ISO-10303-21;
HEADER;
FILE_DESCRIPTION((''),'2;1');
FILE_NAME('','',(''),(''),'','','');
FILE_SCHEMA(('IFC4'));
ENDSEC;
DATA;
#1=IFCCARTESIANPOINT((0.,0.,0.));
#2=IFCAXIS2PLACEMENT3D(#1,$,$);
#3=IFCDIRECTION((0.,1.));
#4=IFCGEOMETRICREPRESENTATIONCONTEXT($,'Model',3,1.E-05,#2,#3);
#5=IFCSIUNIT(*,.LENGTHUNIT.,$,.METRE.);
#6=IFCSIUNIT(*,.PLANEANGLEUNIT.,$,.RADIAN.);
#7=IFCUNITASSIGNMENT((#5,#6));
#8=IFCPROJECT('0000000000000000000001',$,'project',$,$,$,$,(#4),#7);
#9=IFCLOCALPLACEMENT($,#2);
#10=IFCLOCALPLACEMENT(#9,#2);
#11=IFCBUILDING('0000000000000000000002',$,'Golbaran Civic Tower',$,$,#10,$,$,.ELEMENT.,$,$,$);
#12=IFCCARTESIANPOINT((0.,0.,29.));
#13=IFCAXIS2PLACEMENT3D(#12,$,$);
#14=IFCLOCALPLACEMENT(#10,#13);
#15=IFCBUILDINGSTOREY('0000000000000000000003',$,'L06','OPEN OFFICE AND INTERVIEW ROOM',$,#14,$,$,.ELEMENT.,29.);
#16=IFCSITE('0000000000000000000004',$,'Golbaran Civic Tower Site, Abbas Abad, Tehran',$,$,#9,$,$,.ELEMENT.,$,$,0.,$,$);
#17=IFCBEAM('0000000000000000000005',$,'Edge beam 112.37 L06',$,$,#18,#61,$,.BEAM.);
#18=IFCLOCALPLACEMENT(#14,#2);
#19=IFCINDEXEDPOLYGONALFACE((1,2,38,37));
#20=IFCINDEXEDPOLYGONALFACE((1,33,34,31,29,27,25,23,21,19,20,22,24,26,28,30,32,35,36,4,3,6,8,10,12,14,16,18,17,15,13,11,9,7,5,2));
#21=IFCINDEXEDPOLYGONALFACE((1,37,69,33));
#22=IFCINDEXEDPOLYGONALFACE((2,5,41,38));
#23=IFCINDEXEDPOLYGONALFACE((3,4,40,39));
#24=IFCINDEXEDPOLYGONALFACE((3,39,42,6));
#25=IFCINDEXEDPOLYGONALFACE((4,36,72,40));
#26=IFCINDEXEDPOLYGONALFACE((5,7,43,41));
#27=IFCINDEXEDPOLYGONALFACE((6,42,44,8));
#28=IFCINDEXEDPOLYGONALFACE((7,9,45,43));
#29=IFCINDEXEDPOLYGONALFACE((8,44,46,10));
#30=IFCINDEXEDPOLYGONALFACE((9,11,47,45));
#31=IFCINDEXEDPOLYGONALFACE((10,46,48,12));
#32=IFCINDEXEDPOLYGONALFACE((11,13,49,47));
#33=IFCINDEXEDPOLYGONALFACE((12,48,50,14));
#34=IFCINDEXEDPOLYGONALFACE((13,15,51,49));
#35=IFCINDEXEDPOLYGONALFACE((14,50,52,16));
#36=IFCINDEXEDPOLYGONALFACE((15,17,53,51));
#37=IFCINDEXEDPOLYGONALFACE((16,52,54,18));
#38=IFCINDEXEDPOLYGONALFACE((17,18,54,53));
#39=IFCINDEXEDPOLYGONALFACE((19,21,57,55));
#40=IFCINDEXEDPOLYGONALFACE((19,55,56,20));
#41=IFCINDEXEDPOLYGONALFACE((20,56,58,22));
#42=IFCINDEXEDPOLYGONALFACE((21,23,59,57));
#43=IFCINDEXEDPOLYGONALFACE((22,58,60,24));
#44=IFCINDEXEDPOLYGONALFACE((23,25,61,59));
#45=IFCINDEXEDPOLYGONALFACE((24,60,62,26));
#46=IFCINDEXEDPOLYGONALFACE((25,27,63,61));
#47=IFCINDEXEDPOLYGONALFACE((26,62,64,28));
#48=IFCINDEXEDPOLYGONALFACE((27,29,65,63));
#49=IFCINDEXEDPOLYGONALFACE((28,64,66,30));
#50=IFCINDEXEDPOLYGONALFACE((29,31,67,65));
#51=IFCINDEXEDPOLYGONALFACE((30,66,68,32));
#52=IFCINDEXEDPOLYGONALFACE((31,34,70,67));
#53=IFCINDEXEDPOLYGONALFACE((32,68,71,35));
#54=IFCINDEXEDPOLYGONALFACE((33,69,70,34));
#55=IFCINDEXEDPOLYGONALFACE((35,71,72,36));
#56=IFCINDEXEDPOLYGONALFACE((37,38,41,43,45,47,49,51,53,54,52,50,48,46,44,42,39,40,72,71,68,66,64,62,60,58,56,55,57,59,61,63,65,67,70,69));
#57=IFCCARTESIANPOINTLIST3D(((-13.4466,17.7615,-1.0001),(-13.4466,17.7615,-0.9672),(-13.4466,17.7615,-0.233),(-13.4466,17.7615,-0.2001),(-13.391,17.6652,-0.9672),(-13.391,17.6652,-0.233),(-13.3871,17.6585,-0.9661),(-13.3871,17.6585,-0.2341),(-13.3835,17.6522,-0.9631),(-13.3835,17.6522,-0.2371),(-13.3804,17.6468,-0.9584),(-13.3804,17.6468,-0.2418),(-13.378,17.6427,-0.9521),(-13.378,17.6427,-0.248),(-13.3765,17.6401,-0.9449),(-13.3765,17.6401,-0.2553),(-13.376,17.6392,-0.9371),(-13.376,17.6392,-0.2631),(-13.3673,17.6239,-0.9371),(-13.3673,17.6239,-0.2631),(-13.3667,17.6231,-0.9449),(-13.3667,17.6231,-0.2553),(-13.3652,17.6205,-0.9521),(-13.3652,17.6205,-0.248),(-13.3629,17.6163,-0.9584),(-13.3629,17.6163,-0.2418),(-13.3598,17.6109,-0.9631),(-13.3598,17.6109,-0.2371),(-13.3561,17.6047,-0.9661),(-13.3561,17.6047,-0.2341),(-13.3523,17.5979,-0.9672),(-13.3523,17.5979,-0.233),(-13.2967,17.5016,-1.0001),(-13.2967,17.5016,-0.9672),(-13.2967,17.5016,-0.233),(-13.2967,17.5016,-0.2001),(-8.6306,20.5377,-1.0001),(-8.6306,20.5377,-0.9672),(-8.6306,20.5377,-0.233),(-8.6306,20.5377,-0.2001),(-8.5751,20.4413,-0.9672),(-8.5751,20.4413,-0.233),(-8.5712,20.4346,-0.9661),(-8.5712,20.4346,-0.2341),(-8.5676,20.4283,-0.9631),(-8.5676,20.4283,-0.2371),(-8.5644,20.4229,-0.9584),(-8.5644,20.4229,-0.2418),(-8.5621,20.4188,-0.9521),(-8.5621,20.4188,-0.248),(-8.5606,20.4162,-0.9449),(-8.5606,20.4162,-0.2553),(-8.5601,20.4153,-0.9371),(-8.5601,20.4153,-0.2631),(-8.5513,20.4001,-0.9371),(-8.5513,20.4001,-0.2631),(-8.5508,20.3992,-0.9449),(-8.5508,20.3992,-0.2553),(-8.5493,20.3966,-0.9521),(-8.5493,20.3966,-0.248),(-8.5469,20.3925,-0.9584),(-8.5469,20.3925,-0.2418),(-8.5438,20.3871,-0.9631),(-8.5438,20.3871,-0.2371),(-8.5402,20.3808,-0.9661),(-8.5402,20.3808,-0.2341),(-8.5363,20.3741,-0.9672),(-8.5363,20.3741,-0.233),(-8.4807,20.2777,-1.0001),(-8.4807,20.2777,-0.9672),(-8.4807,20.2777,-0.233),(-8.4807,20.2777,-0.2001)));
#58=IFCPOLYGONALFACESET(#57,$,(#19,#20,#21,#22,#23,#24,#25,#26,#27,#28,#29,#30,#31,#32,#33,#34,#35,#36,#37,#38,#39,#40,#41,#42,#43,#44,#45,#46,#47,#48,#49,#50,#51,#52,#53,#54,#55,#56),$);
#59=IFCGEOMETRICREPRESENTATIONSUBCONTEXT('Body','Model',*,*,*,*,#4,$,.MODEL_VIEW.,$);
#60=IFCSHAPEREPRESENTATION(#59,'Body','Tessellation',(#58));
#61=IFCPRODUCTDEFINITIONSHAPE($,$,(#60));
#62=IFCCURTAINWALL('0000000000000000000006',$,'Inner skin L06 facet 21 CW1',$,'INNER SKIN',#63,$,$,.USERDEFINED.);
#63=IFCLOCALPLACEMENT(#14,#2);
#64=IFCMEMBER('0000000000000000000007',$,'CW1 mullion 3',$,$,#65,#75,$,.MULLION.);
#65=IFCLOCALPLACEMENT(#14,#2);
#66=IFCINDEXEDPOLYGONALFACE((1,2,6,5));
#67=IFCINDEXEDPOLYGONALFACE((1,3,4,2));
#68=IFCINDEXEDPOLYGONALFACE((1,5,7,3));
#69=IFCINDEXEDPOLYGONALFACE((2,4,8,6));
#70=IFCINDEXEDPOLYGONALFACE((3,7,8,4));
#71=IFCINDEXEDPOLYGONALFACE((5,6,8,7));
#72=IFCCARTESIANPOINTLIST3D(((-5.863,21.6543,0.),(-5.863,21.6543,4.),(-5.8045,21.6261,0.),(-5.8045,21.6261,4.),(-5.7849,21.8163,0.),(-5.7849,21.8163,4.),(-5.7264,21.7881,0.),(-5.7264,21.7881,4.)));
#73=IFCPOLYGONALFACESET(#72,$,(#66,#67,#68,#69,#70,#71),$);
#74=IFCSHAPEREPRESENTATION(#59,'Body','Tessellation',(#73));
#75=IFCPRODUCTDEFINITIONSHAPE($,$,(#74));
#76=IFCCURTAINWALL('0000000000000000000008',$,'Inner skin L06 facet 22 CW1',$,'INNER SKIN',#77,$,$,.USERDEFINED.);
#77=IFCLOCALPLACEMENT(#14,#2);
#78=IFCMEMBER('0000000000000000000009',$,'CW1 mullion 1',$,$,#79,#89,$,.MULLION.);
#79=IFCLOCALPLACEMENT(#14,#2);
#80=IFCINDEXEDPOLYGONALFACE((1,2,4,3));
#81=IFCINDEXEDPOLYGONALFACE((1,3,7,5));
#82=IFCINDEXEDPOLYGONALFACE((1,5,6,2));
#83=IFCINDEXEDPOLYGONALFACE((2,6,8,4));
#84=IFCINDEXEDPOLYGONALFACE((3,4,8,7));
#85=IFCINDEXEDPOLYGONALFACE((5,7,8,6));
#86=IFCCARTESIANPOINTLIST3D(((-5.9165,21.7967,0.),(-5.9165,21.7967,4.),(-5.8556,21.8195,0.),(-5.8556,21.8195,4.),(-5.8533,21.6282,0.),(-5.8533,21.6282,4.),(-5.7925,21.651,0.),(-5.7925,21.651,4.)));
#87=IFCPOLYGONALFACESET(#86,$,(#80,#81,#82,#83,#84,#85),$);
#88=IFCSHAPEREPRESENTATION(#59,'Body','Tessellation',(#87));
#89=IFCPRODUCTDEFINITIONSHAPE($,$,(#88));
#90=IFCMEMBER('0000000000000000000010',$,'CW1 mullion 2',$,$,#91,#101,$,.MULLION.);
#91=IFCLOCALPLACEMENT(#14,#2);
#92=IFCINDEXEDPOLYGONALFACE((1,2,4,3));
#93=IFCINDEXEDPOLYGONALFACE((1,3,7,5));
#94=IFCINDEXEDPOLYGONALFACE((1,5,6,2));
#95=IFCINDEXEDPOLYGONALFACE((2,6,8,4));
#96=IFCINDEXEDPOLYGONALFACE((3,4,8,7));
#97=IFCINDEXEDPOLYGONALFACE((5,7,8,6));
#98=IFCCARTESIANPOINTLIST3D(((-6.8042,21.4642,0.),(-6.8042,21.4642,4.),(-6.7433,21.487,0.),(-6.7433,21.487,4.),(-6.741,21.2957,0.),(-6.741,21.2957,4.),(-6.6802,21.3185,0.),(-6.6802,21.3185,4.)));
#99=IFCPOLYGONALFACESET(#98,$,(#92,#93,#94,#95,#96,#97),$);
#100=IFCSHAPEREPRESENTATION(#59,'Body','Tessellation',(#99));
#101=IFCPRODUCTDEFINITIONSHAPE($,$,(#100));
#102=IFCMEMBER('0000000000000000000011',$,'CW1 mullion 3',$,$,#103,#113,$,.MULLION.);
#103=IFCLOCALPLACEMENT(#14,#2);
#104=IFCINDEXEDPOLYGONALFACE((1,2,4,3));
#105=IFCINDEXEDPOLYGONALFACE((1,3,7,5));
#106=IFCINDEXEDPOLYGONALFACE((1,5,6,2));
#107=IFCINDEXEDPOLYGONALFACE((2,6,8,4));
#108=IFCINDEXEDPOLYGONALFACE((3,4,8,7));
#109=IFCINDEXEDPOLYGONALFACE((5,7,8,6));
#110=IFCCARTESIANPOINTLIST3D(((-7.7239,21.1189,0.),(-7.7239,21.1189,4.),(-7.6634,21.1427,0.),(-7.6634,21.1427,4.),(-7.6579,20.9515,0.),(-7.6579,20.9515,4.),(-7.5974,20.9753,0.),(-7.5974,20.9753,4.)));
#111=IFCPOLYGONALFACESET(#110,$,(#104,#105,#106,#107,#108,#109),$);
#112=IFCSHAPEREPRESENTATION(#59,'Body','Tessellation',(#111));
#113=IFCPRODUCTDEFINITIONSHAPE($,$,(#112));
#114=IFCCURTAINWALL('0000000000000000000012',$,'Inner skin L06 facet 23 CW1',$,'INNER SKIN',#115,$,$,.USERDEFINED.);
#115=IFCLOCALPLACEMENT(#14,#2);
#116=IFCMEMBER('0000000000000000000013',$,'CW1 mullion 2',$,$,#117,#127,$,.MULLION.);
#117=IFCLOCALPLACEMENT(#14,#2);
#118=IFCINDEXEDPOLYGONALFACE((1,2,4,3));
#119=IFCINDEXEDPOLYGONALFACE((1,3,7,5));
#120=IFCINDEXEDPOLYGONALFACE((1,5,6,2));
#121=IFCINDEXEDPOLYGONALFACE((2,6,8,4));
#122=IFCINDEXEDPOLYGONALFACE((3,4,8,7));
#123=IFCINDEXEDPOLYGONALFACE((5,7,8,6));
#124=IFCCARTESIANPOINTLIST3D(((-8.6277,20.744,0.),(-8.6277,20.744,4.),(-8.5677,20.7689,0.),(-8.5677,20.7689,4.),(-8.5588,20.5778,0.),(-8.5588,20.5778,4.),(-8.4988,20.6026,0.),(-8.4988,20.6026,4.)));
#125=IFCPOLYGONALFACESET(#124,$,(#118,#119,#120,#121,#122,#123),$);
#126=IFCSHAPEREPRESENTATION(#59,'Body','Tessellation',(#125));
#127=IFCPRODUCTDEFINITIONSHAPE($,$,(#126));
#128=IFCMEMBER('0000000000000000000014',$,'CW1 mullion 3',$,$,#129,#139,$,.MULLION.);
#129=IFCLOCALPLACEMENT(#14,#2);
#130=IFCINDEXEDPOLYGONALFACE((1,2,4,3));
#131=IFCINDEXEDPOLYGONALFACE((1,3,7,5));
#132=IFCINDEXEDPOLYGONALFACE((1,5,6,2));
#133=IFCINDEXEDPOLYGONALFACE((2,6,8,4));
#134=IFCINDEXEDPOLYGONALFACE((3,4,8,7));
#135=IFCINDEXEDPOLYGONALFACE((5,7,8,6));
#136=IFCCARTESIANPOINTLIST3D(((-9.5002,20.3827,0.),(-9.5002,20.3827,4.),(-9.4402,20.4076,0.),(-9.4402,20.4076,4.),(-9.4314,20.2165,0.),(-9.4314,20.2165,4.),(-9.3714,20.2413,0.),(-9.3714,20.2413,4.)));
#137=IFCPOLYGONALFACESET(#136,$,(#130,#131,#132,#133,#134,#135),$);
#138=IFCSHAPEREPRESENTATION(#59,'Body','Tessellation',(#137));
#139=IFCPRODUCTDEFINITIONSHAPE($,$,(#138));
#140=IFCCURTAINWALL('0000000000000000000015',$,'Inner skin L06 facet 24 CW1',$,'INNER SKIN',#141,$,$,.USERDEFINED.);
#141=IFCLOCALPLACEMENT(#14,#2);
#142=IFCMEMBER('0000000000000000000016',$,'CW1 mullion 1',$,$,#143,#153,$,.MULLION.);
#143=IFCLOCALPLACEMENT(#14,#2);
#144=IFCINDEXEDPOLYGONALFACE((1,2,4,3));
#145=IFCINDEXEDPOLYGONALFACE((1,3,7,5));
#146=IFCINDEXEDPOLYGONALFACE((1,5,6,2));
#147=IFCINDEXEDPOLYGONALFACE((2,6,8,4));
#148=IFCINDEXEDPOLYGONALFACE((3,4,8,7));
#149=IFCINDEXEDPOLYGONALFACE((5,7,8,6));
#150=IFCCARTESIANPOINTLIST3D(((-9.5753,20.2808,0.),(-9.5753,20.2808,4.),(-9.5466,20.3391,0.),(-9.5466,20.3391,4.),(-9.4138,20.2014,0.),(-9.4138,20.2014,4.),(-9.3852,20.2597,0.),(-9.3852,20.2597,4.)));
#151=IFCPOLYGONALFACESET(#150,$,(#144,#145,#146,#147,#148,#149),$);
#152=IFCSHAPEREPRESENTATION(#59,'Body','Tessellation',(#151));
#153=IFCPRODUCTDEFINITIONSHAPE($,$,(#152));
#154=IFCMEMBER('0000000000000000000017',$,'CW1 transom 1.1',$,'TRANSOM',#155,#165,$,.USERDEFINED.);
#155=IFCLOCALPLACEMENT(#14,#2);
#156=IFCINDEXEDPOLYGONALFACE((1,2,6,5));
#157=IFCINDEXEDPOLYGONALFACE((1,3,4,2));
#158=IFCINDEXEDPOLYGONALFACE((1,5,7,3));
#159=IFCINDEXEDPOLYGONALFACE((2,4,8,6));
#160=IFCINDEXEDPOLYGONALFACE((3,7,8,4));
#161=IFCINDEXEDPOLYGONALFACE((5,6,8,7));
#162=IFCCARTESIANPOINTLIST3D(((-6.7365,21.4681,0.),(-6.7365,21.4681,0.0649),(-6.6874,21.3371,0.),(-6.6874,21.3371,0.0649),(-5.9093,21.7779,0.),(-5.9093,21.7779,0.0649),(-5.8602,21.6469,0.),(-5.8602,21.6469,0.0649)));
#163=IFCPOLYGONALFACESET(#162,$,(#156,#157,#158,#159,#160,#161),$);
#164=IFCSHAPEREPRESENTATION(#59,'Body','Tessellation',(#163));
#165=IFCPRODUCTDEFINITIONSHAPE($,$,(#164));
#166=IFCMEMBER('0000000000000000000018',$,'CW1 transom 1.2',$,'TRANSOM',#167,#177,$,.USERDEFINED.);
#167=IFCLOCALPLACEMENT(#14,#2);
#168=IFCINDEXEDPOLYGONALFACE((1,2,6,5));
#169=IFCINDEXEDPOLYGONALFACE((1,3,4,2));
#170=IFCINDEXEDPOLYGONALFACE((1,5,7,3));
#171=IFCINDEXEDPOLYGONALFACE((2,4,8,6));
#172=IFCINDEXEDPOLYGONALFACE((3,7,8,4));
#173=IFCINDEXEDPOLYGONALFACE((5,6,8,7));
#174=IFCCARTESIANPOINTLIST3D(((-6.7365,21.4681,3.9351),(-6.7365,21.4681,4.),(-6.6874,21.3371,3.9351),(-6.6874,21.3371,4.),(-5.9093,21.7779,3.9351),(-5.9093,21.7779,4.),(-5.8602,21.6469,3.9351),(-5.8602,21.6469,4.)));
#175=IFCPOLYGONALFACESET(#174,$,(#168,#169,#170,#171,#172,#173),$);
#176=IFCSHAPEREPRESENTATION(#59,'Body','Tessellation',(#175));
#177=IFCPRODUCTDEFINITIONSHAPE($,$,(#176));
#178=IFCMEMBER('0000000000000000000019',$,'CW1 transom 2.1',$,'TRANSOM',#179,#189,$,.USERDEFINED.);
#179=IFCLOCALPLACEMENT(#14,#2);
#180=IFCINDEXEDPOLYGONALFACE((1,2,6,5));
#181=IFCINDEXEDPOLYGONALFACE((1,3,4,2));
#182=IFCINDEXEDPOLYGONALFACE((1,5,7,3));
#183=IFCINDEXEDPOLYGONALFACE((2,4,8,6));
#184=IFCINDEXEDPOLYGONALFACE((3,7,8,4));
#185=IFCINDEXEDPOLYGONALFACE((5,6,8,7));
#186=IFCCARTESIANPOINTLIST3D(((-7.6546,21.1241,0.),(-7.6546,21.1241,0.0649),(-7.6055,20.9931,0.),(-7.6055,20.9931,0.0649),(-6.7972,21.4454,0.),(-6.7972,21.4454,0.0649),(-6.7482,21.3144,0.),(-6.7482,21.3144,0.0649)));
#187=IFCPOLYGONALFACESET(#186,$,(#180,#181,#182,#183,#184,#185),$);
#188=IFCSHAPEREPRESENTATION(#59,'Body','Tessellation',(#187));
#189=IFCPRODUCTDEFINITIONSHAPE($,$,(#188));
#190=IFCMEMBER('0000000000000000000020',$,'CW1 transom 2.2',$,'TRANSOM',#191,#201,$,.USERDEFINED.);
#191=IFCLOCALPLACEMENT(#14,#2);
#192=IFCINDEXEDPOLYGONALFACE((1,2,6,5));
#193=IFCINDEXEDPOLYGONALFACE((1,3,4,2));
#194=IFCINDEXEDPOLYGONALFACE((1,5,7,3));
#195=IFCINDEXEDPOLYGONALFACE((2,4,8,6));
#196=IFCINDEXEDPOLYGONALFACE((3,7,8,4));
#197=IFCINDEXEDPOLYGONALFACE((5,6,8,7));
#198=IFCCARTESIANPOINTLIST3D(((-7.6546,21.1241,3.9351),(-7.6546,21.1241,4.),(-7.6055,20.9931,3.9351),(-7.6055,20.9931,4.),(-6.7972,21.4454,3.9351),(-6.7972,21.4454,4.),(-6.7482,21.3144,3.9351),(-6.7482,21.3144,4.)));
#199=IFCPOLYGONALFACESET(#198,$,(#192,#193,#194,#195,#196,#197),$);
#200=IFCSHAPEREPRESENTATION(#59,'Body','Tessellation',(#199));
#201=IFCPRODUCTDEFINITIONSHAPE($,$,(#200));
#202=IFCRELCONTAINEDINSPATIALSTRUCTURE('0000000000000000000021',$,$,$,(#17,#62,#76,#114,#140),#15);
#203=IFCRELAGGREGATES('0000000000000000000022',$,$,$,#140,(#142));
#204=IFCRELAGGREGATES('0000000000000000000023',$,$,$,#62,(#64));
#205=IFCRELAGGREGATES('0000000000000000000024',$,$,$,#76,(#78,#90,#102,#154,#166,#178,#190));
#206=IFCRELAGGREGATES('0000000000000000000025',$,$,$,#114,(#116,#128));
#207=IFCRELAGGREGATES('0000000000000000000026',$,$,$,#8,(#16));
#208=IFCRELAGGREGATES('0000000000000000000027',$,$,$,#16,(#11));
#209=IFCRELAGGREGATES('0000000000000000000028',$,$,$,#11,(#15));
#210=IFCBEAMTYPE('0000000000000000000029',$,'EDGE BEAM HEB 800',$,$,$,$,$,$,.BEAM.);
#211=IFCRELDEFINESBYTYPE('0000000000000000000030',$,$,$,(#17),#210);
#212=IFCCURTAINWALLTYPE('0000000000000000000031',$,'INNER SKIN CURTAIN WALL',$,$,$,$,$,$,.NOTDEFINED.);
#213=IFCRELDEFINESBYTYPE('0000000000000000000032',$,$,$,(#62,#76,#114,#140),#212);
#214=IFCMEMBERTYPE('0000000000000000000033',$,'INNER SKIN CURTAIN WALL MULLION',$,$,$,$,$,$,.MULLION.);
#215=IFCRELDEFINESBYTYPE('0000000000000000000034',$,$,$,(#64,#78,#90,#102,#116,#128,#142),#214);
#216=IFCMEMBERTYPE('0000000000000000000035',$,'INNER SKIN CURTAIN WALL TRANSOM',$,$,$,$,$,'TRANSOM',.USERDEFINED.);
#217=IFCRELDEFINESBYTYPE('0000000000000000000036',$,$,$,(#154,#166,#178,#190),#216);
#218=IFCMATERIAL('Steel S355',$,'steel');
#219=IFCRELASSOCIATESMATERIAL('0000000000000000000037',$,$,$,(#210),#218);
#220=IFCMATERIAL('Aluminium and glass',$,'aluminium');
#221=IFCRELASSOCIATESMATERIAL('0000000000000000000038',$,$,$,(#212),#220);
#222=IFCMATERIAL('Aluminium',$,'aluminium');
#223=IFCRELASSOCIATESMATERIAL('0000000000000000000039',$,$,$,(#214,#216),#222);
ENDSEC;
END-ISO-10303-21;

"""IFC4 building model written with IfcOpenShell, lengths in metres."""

from ifc_helpers import new_model, si_unit, direction, frame, origin, origin_2d, place, context, subcontext, project, spatial, rectangle, i_section, extrude, material, material_profile, profile_set, type_object, element, aggregate, save


model = new_model("IFC4")

# Units and contexts
model_context = context("Model", 3, precision=1e-05, world=origin(), true_north=direction((0.0, 1.0)))
body_context = subcontext(model_context, "Body", "Model", "MODEL_VIEW")
ifc_project = project(units=[si_unit("LENGTHUNIT", "METRE"), si_unit("PLANEANGLEUNIT", "RADIAN")], contexts=[model_context])

# Site, building, storey
site_placement = place(None, origin())
site = spatial("IfcSite", under=ifc_project, at=site_placement, Name="Golbaran Civic Tower Site, Abbas Abad, Tehran", CompositionType="ELEMENT", RefElevation=0.0)
building_placement = place(site_placement, origin())
building = spatial("IfcBuilding", under=site, at=building_placement, Name="Golbaran Civic Tower", CompositionType="ELEMENT")
storey_placement = place(building_placement, frame((0.0, 0.0, 29.0)))
storey = spatial("IfcBuildingStorey", under=building, at=storey_placement, Name="L06", Description="OPEN OFFICE AND INTERVIEW ROOM", CompositionType="ELEMENT", Elevation=29.0)

# Beam
ifc_material_1 = material(Name="Steel S355", Category="steel")
ifc_material_profile_1 = material_profile(ifc_material_1, i_section(OverallWidth=0.3, OverallDepth=0.8, WebThickness=0.0176, FlangeThickness=0.033, FilletRadius=0.03, at=origin_2d()), Name="HEB 800")
ifc_profile_set_1 = profile_set([ifc_material_profile_1], Name="Steel S355")
beam_type = type_object("IfcBeamType", Name="EDGE BEAM HEB 800", PredefinedType="BEAM", material=ifc_profile_set_1)
beam_placement = place(storey_placement, frame((-8.5557, 20.4077, -0.6001), z_axis=(-0.866364, -0.499413, 0.0), x_axis=(0.499413, -0.866364, 0.0)))
element("IfcBeam", 1, at=beam_placement, inside=storey, type_object=beam_type, Name="Edge beam 112.37 L06", PredefinedType="BEAM", context=body_context, shape_type="SweptSolid", body=[
    extrude(i_section(OverallWidth=0.3, OverallDepth=0.8, WebThickness=0.0176, FlangeThickness=0.033, FilletRadius=0.03, at=origin_2d()), origin(), (0.0, 0.0, 1.0), 5.5588),
])

# Curtain wall, member
ifc_material_2 = material(Name="Aluminium and glass", Category="aluminium")
curtain_wall_type = type_object("IfcCurtainWallType", Name="INNER SKIN CURTAIN WALL", PredefinedType="NOTDEFINED", material=ifc_material_2)
curtain_wall_1_placement = place(storey_placement, origin())
curtain_wall_1 = element("IfcCurtainWall", 2, at=curtain_wall_1_placement, inside=storey, type_object=curtain_wall_type, Name="Inner skin L06 facet 21 CW1", ObjectType="INNER SKIN", PredefinedType="USERDEFINED")
ifc_material_3 = material(Name="Aluminium", Category="aluminium")
ifc_material_profile_2 = material_profile(ifc_material_3, rectangle(XDim=0.1799, YDim=0.0649, at=origin_2d()), Name="INNER SKIN CURTAIN WALL MULLION")
ifc_profile_set_2 = profile_set([ifc_material_profile_2], Name="Aluminium")
member_type_1 = type_object("IfcMemberType", Name="INNER SKIN CURTAIN WALL MULLION", PredefinedType="MULLION", material=ifc_profile_set_2)
member_1_placement = place(storey_placement, frame((-5.7947, 21.7212, 0.0), z_axis=(0.0, 0.0, 1.0), x_axis=(-0.434302, -0.900767, 0.0)))
member_1 = element("IfcMember", 3, at=member_1_placement, type_object=member_type_1, Name="CW1 mullion 3", PredefinedType="MULLION", context=body_context, shape_type="SweptSolid", body=[
    extrude(rectangle(XDim=0.1799, YDim=0.0649, at=origin_2d()), origin(), (0.0, 0.0, 1.0), 4.0),
])

# Curtain walls, members
curtain_wall_2_placement = place(storey_placement, origin())
curtain_wall_2 = element("IfcCurtainWall", 4, at=curtain_wall_2_placement, inside=storey, type_object=curtain_wall_type, Name="Inner skin L06 facet 22 CW1", ObjectType="INNER SKIN", PredefinedType="USERDEFINED")
member_2_placement = place(storey_placement, frame((-5.8545, 21.7239, 0.0), z_axis=(0.0, 0.0, 1.0), x_axis=(0.350808, -0.936447, 0.0)))
member_2 = element("IfcMember", 5, at=member_2_placement, type_object=member_type_1, Name="CW1 mullion 1", PredefinedType="MULLION", context=body_context, shape_type="SweptSolid", body=[
    extrude(rectangle(XDim=0.1799, YDim=0.0649, at=origin_2d()), origin(), (0.0, 0.0, 1.0), 4.0),
])
member_3_placement = place(storey_placement, frame((-6.7422, 21.3914, 0.0), z_axis=(0.0, 0.0, 1.0), x_axis=(0.350808, -0.936447, 0.0)))
member_3 = element("IfcMember", 6, at=member_3_placement, type_object=member_type_1, Name="CW1 mullion 2", PredefinedType="MULLION", context=body_context, shape_type="SweptSolid", body=[
    extrude(rectangle(XDim=0.1799, YDim=0.0649, at=origin_2d()), origin(), (0.0, 0.0, 1.0), 4.0),
])
member_4_placement = place(storey_placement, frame((-7.6606, 21.0471, 0.0), z_axis=(0.0, 0.0, 1.0), x_axis=(0.3668, -0.9303, 0.0)))
member_4 = element("IfcMember", 7, at=member_4_placement, type_object=member_type_1, Name="CW1 mullion 3", PredefinedType="MULLION", context=body_context, shape_type="SweptSolid", body=[
    extrude(rectangle(XDim=0.1799, YDim=0.0649, at=origin_2d()), origin(), (0.0, 0.0, 1.0), 4.0),
])
curtain_wall_3_placement = place(storey_placement, origin())
curtain_wall_3 = element("IfcCurtainWall", 8, at=curtain_wall_3_placement, inside=storey, type_object=curtain_wall_type, Name="Inner skin L06 facet 23 CW1", ObjectType="INNER SKIN", PredefinedType="USERDEFINED")
member_5_placement = place(storey_placement, frame((-8.5632, 20.6733, 0.0), z_axis=(0.0, 0.0, 1.0), x_axis=(0.382683, -0.92388, 0.0)))
member_5 = element("IfcMember", 9, at=member_5_placement, type_object=member_type_1, Name="CW1 mullion 2", PredefinedType="MULLION", context=body_context, shape_type="SweptSolid", body=[
    extrude(rectangle(XDim=0.1799, YDim=0.0649, at=origin_2d()), origin(), (0.0, 0.0, 1.0), 4.0),
])
member_6_placement = place(storey_placement, frame((-9.4358, 20.312, 0.0), z_axis=(0.0, 0.0, 1.0), x_axis=(0.382683, -0.92388, 0.0)))
member_6 = element("IfcMember", 10, at=member_6_placement, type_object=member_type_1, Name="CW1 mullion 3", PredefinedType="MULLION", context=body_context, shape_type="SweptSolid", body=[
    extrude(rectangle(XDim=0.1799, YDim=0.0649, at=origin_2d()), origin(), (0.0, 0.0, 1.0), 4.0),
])

# Curtain wall, member
curtain_wall_4_placement = place(storey_placement, origin())
curtain_wall_4 = element("IfcCurtainWall", 11, at=curtain_wall_4_placement, inside=storey, type_object=curtain_wall_type, Name="Inner skin L06 facet 24 CW1", ObjectType="INNER SKIN", PredefinedType="USERDEFINED")
member_7_placement = place(storey_placement, frame((-9.4802, 20.2703, 0.0), z_axis=(0.0, 0.0, 1.0), x_axis=(0.897405, -0.441207, 0.0)))
member_7 = element("IfcMember", 12, at=member_7_placement, type_object=member_type_1, Name="CW1 mullion 1", PredefinedType="MULLION", context=body_context, shape_type="SweptSolid", body=[
    extrude(rectangle(XDim=0.1799, YDim=0.0649, at=origin_2d()), origin(), (0.0, 0.0, 1.0), 4.0),
])
aggregate(curtain_wall_4, [member_7])

# Members
ifc_material_profile_3 = material_profile(ifc_material_3, rectangle(XDim=0.1399, YDim=0.0649, at=origin_2d()), Name="INNER SKIN CURTAIN WALL TRANSOM")
ifc_profile_set_3 = profile_set([ifc_material_profile_3], Name="Aluminium")
member_type_2 = type_object("IfcMemberType", Name="INNER SKIN CURTAIN WALL TRANSOM", ElementType="TRANSOM", PredefinedType="USERDEFINED", material=ifc_profile_set_3)
member_8_placement = place(storey_placement, frame((-5.8848, 21.7124, 0.0325), z_axis=(-0.936465, -0.35076, 0.0), x_axis=(0.35076, -0.936465, 0.0)))
member_8 = element("IfcMember", 13, at=member_8_placement, type_object=member_type_2, Name="CW1 transom 1.1", ObjectType="TRANSOM", PredefinedType="USERDEFINED", context=body_context, shape_type="SweptSolid", body=[
    extrude(rectangle(XDim=0.1399, YDim=0.0649, at=origin_2d()), origin(), (0.0, 0.0, 1.0), 0.8833),
])
member_9_placement = place(storey_placement, frame((-5.8848, 21.7124, 3.9675), z_axis=(-0.936465, -0.35076, 0.0), x_axis=(0.35076, -0.936465, 0.0)))
member_9 = element("IfcMember", 14, at=member_9_placement, type_object=member_type_2, Name="CW1 transom 1.2", ObjectType="TRANSOM", PredefinedType="USERDEFINED", context=body_context, shape_type="SweptSolid", body=[
    extrude(rectangle(XDim=0.1399, YDim=0.0649, at=origin_2d()), origin(), (0.0, 0.0, 1.0), 0.8833),
])
member_10_placement = place(storey_placement, frame((-6.7727, 21.3799, 0.0325), z_axis=(-0.936417, -0.35089, 0.0), x_axis=(0.35089, -0.936417, 0.0)))
member_10 = element("IfcMember", 15, at=member_10_placement, type_object=member_type_2, Name="CW1 transom 2.1", ObjectType="TRANSOM", PredefinedType="USERDEFINED", context=body_context, shape_type="SweptSolid", body=[
    extrude(rectangle(XDim=0.1399, YDim=0.0649, at=origin_2d()), origin(), (0.0, 0.0, 1.0), 0.9155),
])
member_11_placement = place(storey_placement, frame((-6.7727, 21.3799, 3.9675), z_axis=(-0.936417, -0.35089, 0.0), x_axis=(0.35089, -0.936417, 0.0)))
member_11 = element("IfcMember", 16, at=member_11_placement, type_object=member_type_2, Name="CW1 transom 2.2", ObjectType="TRANSOM", PredefinedType="USERDEFINED", context=body_context, shape_type="SweptSolid", body=[
    extrude(rectangle(XDim=0.1399, YDim=0.0649, at=origin_2d()), origin(), (0.0, 0.0, 1.0), 0.9155),
])

aggregate(curtain_wall_1, [member_1])
aggregate(curtain_wall_2, [member_2, member_3, member_4, member_8, member_9, member_10, member_11])
aggregate(curtain_wall_3, [member_5, member_6])

save(model, "model.ifc")
